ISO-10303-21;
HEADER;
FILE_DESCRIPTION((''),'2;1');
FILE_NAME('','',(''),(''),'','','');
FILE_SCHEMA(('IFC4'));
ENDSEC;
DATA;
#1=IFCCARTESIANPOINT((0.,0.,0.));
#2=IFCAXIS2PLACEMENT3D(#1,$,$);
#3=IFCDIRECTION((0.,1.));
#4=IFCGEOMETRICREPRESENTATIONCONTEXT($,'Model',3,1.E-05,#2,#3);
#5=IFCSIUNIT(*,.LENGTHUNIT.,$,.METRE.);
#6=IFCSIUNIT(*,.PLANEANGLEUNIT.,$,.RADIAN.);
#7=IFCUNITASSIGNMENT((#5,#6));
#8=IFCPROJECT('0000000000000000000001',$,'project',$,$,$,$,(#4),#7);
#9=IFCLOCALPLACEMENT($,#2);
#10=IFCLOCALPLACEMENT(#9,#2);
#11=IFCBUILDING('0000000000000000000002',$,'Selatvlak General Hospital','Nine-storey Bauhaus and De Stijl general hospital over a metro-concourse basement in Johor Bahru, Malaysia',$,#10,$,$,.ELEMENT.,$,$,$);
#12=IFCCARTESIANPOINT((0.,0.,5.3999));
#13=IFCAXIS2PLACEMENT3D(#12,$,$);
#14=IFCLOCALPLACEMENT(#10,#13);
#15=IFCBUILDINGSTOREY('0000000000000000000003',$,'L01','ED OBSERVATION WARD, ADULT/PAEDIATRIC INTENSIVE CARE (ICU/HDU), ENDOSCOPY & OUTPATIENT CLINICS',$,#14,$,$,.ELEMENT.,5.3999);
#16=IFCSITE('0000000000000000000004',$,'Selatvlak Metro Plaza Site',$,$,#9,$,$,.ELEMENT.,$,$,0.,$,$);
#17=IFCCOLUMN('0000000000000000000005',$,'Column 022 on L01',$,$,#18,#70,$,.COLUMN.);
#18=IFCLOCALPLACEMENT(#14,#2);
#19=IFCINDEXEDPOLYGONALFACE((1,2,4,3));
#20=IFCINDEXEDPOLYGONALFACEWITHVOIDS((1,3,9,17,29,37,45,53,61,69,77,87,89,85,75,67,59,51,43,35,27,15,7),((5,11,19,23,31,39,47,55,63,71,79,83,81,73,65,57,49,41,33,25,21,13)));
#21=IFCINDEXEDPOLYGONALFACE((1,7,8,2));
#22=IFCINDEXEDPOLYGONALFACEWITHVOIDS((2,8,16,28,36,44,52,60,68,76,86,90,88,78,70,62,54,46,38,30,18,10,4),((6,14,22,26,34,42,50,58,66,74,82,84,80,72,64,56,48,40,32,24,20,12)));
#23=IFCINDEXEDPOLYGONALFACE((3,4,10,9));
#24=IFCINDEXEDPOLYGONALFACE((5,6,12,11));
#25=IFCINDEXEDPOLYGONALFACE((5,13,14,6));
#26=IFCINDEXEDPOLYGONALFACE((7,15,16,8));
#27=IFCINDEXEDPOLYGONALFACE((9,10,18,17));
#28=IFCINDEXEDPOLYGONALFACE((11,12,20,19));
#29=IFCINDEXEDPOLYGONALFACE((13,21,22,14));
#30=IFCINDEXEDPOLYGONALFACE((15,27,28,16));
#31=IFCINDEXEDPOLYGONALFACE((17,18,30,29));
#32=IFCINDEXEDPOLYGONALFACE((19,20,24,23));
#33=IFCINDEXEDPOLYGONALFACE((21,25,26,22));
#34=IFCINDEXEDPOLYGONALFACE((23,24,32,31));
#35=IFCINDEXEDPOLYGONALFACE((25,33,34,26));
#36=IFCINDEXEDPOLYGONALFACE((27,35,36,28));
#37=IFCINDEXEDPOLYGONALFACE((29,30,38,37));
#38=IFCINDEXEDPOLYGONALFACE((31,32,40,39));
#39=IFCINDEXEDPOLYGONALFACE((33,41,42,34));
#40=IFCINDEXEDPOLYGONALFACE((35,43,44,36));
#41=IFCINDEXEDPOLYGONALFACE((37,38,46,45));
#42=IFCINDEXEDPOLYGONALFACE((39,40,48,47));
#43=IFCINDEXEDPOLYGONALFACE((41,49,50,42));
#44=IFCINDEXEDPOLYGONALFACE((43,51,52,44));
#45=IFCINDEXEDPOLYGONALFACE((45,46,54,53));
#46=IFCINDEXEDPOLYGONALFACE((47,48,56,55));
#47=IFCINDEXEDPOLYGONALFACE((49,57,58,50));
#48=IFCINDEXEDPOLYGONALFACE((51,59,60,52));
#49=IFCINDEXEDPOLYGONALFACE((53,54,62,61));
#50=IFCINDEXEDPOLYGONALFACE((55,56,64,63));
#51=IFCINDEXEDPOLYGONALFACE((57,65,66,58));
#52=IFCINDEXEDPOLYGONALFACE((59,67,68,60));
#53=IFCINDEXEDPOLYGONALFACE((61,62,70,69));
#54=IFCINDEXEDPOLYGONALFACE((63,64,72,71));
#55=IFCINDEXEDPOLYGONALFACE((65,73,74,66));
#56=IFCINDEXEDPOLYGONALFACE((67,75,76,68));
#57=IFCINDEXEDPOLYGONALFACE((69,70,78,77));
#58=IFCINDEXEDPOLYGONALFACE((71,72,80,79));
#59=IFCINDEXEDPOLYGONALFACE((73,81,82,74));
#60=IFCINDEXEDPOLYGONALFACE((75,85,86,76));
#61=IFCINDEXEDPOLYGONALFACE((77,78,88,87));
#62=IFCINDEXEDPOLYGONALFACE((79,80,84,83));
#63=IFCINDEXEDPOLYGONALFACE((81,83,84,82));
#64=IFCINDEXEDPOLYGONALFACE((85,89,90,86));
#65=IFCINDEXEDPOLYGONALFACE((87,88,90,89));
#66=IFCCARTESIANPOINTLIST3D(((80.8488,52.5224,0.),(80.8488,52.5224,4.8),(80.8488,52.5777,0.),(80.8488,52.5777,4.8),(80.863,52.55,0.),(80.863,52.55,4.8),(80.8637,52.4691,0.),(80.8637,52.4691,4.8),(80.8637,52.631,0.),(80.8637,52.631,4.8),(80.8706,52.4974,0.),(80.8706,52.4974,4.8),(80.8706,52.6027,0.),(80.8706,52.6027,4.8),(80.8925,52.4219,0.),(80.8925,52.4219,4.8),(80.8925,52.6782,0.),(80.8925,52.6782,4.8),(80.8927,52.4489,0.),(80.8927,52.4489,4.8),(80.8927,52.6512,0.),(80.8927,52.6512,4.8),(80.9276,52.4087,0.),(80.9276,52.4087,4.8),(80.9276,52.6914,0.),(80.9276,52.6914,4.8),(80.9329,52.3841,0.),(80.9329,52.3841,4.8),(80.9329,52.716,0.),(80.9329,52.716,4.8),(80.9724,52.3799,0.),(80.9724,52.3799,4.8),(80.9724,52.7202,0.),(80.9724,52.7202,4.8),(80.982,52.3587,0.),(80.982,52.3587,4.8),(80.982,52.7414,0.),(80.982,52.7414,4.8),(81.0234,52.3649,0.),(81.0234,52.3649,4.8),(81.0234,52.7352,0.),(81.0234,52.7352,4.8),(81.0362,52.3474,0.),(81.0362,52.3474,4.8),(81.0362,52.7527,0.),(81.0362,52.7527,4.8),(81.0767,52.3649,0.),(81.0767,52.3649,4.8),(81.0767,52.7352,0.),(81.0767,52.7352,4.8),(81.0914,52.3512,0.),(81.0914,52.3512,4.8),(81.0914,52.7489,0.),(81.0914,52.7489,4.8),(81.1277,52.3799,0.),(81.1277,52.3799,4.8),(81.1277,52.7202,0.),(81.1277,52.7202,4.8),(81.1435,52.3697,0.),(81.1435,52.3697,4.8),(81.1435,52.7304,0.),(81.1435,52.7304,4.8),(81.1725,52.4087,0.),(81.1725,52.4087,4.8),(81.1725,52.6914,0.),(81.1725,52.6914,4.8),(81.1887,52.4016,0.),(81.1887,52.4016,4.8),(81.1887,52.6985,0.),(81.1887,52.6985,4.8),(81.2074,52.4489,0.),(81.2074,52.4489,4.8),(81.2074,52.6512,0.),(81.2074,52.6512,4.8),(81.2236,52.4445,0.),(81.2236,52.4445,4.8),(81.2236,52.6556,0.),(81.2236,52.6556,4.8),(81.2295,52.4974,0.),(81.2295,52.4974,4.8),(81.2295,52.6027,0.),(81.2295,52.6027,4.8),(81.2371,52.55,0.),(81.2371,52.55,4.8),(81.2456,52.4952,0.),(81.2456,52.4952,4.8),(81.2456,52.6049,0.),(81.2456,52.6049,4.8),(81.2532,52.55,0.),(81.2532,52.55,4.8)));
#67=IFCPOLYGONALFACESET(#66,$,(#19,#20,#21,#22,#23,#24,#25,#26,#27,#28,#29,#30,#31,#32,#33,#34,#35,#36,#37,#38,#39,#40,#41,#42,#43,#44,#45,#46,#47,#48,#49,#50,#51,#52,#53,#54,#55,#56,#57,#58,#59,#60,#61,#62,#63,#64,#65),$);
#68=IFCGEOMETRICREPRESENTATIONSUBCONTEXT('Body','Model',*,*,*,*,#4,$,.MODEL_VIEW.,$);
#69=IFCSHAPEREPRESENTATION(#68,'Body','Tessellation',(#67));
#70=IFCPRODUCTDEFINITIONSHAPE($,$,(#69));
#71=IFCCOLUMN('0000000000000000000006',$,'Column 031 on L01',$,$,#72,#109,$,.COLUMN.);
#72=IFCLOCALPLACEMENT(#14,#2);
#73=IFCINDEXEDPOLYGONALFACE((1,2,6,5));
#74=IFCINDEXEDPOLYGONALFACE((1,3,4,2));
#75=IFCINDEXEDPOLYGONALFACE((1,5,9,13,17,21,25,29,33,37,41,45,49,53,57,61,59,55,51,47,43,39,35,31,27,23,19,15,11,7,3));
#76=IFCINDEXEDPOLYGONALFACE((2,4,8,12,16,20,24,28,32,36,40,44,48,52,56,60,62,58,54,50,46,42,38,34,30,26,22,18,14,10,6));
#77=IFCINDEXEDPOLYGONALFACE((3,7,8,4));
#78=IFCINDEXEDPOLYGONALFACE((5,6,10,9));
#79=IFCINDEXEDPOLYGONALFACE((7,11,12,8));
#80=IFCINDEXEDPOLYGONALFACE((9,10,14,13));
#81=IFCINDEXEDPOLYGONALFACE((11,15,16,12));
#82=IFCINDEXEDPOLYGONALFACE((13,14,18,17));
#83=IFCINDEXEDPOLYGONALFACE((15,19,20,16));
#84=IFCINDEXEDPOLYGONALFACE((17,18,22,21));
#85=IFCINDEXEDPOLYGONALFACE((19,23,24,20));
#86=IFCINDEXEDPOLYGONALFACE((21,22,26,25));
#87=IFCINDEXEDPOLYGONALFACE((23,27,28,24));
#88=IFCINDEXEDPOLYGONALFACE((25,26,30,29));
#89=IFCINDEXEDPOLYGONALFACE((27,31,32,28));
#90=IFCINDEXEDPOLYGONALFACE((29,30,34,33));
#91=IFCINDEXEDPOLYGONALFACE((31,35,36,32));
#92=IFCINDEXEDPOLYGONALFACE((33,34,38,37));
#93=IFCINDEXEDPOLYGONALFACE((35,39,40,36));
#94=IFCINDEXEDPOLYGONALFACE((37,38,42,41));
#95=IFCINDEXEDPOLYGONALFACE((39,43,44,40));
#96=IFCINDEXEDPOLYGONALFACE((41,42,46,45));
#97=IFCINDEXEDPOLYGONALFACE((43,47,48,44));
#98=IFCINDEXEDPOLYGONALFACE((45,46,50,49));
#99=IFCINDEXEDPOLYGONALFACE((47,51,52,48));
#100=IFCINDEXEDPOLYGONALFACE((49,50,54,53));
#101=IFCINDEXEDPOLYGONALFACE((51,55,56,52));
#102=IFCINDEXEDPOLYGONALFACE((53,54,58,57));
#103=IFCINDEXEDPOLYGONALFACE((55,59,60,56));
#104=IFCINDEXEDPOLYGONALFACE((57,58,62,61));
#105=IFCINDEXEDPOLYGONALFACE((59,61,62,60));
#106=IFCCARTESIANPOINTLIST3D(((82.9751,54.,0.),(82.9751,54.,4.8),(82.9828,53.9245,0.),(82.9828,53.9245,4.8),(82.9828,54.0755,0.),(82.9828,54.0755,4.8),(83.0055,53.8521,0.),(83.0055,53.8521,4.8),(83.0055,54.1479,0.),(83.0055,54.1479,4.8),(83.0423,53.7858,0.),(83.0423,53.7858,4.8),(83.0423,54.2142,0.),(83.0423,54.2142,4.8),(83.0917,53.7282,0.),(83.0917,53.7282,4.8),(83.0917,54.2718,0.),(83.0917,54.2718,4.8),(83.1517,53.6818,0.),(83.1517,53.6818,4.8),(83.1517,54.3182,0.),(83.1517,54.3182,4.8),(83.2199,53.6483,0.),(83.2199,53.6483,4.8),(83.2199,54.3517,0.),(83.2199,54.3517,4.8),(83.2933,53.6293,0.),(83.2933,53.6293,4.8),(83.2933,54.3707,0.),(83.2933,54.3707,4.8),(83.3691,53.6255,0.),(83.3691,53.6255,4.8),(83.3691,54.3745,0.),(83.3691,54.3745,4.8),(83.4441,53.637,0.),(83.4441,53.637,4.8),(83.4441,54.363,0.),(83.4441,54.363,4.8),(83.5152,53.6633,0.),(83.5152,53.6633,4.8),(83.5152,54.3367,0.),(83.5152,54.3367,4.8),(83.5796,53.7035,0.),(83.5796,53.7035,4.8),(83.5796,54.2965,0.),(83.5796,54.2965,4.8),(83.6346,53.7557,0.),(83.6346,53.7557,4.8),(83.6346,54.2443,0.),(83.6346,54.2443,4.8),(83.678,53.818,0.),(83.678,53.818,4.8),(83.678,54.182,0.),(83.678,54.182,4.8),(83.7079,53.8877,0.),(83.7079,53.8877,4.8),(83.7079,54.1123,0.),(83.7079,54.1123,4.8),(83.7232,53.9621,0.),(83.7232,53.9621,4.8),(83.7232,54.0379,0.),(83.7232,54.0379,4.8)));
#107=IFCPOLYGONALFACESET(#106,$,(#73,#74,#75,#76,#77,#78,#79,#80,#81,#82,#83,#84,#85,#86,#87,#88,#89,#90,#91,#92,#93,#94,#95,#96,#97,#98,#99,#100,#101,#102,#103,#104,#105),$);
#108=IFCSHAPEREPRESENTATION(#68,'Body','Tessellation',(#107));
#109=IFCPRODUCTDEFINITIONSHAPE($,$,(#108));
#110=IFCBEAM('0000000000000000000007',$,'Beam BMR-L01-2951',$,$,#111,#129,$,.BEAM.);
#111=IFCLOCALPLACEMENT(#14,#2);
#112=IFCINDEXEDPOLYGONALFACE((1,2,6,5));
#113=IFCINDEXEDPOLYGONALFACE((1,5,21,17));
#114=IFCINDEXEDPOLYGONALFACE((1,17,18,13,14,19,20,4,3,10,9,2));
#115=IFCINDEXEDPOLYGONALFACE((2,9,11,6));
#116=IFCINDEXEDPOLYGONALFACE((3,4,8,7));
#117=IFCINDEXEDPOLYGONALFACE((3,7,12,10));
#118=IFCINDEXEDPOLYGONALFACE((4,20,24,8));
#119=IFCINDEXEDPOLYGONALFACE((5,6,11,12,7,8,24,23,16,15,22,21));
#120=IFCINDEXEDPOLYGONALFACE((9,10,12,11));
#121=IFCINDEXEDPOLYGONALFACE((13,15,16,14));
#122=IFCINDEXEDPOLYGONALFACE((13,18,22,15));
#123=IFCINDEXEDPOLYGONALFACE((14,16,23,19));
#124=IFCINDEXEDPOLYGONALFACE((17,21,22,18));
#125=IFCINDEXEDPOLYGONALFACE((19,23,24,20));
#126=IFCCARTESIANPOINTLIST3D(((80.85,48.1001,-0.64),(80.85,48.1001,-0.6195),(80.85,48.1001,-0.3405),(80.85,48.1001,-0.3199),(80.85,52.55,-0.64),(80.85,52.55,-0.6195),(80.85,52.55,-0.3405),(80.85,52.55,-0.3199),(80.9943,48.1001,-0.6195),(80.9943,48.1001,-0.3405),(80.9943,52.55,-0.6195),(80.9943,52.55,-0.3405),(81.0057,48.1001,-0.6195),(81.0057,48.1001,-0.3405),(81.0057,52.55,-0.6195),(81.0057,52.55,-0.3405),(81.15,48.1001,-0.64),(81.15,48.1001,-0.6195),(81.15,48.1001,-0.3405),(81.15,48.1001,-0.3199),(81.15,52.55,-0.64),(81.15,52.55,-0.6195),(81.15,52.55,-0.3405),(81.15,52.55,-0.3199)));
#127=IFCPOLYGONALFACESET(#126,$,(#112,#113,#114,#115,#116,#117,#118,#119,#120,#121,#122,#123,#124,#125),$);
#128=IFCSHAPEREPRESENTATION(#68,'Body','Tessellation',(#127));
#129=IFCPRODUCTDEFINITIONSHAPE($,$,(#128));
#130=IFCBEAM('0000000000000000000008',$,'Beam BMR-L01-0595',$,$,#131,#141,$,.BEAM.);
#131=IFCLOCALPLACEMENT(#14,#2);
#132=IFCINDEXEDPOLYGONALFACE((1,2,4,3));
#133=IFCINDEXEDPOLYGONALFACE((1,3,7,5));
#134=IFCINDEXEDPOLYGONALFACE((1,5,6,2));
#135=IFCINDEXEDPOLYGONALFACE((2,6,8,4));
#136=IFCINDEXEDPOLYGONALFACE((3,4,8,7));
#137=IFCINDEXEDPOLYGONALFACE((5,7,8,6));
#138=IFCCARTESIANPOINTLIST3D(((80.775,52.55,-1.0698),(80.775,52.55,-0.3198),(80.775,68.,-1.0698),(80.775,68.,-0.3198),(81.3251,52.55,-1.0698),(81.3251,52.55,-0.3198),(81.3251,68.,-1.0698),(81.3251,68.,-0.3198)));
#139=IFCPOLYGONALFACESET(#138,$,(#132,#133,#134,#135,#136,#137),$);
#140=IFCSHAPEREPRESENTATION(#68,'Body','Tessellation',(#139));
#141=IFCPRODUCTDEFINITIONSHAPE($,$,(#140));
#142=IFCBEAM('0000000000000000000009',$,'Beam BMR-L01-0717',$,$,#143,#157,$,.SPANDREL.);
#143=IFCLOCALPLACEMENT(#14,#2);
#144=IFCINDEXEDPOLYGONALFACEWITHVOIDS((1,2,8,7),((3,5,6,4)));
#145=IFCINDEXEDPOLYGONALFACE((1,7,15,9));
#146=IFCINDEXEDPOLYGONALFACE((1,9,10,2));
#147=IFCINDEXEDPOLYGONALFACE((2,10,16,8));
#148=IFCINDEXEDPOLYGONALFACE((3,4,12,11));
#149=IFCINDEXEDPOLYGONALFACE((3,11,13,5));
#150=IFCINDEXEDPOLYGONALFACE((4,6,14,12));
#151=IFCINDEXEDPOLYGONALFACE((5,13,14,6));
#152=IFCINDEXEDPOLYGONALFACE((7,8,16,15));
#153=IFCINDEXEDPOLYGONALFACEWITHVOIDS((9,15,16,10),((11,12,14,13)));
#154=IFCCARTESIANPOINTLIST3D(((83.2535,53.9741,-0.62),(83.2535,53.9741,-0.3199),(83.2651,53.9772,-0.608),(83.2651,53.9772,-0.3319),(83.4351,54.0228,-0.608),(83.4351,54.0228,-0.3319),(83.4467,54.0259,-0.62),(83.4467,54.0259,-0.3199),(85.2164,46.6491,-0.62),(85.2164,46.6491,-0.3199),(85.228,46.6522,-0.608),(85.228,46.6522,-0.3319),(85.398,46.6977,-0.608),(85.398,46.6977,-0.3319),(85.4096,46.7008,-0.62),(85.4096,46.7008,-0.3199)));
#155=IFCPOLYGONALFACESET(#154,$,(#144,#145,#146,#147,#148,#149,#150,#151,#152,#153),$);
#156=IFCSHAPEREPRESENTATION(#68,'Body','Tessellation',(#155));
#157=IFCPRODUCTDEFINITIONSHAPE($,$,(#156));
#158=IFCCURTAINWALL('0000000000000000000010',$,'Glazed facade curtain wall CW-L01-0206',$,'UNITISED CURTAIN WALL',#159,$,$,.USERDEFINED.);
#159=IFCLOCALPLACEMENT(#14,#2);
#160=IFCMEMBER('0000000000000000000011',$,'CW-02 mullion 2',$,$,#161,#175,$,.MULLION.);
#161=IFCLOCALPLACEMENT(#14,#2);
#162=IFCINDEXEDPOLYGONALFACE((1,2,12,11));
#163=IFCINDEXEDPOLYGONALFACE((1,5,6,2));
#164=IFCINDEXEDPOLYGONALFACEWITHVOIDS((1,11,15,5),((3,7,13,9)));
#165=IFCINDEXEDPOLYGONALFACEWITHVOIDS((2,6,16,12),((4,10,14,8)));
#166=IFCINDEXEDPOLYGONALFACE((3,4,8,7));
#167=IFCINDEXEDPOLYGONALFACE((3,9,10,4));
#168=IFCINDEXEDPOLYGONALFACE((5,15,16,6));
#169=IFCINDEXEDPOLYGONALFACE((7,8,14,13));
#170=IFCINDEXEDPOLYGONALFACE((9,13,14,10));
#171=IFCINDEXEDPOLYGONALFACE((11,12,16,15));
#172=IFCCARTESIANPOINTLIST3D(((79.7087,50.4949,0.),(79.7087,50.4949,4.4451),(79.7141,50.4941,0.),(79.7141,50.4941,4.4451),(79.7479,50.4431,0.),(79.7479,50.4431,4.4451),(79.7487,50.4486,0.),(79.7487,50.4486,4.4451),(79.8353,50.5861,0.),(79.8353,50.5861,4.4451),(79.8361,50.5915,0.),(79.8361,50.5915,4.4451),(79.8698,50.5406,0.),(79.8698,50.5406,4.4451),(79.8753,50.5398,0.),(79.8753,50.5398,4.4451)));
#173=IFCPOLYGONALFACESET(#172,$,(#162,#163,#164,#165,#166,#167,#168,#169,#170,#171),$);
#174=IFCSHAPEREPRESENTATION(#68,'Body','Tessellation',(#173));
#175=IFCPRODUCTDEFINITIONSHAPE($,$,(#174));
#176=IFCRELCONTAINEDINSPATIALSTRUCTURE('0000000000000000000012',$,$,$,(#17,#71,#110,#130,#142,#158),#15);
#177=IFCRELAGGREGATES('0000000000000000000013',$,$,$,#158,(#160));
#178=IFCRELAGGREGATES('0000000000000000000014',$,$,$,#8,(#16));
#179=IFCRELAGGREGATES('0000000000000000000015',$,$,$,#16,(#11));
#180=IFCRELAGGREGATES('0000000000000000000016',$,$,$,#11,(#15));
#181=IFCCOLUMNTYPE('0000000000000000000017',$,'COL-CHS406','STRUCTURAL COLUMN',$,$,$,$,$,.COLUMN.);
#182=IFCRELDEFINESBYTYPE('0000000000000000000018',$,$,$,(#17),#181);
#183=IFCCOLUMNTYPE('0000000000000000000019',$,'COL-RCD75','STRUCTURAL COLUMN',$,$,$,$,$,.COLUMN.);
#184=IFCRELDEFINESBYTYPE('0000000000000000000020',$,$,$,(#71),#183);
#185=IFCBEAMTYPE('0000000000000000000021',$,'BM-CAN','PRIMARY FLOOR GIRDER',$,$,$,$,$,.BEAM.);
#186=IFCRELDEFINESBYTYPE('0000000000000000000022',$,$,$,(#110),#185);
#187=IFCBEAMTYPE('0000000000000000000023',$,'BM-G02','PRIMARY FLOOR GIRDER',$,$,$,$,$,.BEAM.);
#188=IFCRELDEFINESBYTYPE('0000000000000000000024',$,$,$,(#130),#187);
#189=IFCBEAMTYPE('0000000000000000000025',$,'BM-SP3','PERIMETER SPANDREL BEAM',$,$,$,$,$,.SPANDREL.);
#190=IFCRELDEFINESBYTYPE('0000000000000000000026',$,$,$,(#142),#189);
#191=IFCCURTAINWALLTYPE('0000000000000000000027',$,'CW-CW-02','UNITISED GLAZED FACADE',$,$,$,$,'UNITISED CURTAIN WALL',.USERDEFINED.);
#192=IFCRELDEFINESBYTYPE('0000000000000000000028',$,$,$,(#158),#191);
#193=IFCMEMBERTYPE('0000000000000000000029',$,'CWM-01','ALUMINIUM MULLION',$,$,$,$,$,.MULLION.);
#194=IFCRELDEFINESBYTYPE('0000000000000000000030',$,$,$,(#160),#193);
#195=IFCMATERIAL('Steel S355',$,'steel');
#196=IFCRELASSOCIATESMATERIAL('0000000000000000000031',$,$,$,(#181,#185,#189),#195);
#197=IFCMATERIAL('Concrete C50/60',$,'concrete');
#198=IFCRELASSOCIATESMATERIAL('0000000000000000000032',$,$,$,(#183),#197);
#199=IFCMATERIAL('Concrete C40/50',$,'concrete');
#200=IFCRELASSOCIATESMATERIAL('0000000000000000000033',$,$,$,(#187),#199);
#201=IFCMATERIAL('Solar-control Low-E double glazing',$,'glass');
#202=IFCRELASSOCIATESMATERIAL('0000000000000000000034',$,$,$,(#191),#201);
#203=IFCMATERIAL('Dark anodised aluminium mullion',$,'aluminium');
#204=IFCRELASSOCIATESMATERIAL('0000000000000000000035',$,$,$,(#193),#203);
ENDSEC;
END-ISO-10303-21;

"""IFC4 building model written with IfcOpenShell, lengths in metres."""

from ifc_helpers import new_model, si_unit, direction, frame, origin, origin_2d, place, context, subcontext, project, spatial, rectangle, hollow_rectangle, circle, hollow_circle, i_section, extrude, material, material_profile, profile_set, type_object, element, aggregate, save


model = new_model("IFC4")

# Units and contexts
model_context = context("Model", 3, precision=1e-05, world=origin(), true_north=direction((0.0, 1.0)))
body_context = subcontext(model_context, "Body", "Model", "MODEL_VIEW")
ifc_project = project(units=[si_unit("LENGTHUNIT", "METRE"), si_unit("PLANEANGLEUNIT", "RADIAN")], contexts=[model_context])

# Site, building, storey
site_placement = place(None, origin())
site = spatial("IfcSite", under=ifc_project, at=site_placement, Name="Selatvlak Metro Plaza Site", CompositionType="ELEMENT", RefElevation=0.0)
building_placement = place(site_placement, origin())
building = spatial("IfcBuilding", under=site, at=building_placement, Name="Selatvlak General Hospital", Description="Nine-storey Bauhaus and De Stijl general hospital over a metro-concourse basement in Johor Bahru, Malaysia", CompositionType="ELEMENT")
storey_placement = place(building_placement, frame((0.0, 0.0, 5.3999)))
storey = spatial("IfcBuildingStorey", under=building, at=storey_placement, Name="L01", Description="ED OBSERVATION WARD, ADULT/PAEDIATRIC INTENSIVE CARE (ICU/HDU), ENDOSCOPY & OUTPATIENT CLINICS", CompositionType="ELEMENT", Elevation=5.3999)

# Columns
ifc_material_1 = material(Name="Steel S355", Category="steel")
ifc_material_profile_1 = material_profile(ifc_material_1, hollow_circle(Radius=0.2031, WallThickness=0.0161, at=origin_2d()), Name="CHS 406.4x16")
ifc_profile_set_1 = profile_set([ifc_material_profile_1], Name="Steel S355")
column_type_1 = type_object("IfcColumnType", Name="COL-CHS406", Description="STRUCTURAL COLUMN", PredefinedType="COLUMN", material=ifc_profile_set_1)
column_1_placement = place(storey_placement, frame((81.05, 52.55, 0.0), z_axis=(0.0, 0.0, 1.0), x_axis=(1.0, 0.0, 0.0)))
element("IfcColumn", 1, at=column_1_placement, inside=storey, type_object=column_type_1, Name="Column 022 on L01", PredefinedType="COLUMN", context=body_context, shape_type="SweptSolid", body=[
    extrude(hollow_circle(Radius=0.2031, WallThickness=0.0161, at=origin_2d()), origin(), (0.0, 0.0, 1.0), 4.8),
])
ifc_material_2 = material(Name="Concrete C50/60", Category="concrete")
ifc_material_profile_2 = material_profile(ifc_material_2, circle(Radius=0.375, at=origin_2d()), Name="RC-COL D750")
ifc_profile_set_2 = profile_set([ifc_material_profile_2], Name="Concrete C50/60")
column_type_2 = type_object("IfcColumnType", Name="COL-RCD75", Description="STRUCTURAL COLUMN", PredefinedType="COLUMN", material=ifc_profile_set_2)
column_2_placement = place(storey_placement, frame((83.3501, 54.0, 0.0), z_axis=(0.0, 0.0, 1.0), x_axis=(-1.0, 0.0, 0.0)))
element("IfcColumn", 2, at=column_2_placement, inside=storey, type_object=column_type_2, Name="Column 031 on L01", PredefinedType="COLUMN", context=body_context, shape_type="SweptSolid", body=[
    extrude(circle(Radius=0.375, at=origin_2d()), origin(), (0.0, 0.0, 1.0), 4.8),
])

# Beams
ifc_material_profile_3 = material_profile(ifc_material_1, i_section(OverallWidth=0.3, OverallDepth=0.3201, WebThickness=0.0115, FlangeThickness=0.0205, at=origin_2d()), Name="HEB 320")
ifc_profile_set_3 = profile_set([ifc_material_profile_3], Name="Steel S355")
beam_type_1 = type_object("IfcBeamType", Name="BM-CAN", Description="PRIMARY FLOOR GIRDER", PredefinedType="BEAM", material=ifc_profile_set_3)
beam_1_placement = place(storey_placement, frame((81.0, 48.1001, -0.48), z_axis=(0.0, 1.0, 0.0), x_axis=(-1.0, 0.0, 0.0)))
element("IfcBeam", 3, at=beam_1_placement, inside=storey, type_object=beam_type_1, Name="Beam BMR-L01-2951", PredefinedType="BEAM", context=body_context, shape_type="SweptSolid", body=[
    extrude(i_section(OverallWidth=0.3, OverallDepth=0.3201, WebThickness=0.0115, FlangeThickness=0.0205, at=origin_2d()), origin(), (0.0, 0.0, 1.0), 4.45),
])
ifc_material_3 = material(Name="Concrete C40/50", Category="concrete")
ifc_material_profile_4 = material_profile(ifc_material_3, rectangle(XDim=0.55, YDim=0.75, at=origin_2d()), Name="RC-BM 550x750")
ifc_profile_set_4 = profile_set([ifc_material_profile_4], Name="Concrete C40/50")
beam_type_2 = type_object("IfcBeamType", Name="BM-G02", Description="PRIMARY FLOOR GIRDER", PredefinedType="BEAM", material=ifc_profile_set_4)
beam_2_placement = place(storey_placement, frame((81.05, 52.55, -0.6948), z_axis=(0.0, 1.0, 0.0), x_axis=(-1.0, 0.0, 0.0)))
element("IfcBeam", 4, at=beam_2_placement, inside=storey, type_object=beam_type_2, Name="Beam BMR-L01-0595", PredefinedType="BEAM", context=body_context, shape_type="SweptSolid", body=[
    extrude(rectangle(XDim=0.55, YDim=0.75, at=origin_2d()), origin(), (0.0, 0.0, 1.0), 15.45),
])
ifc_material_profile_5 = material_profile(ifc_material_1, hollow_rectangle(XDim=0.2, YDim=0.3, WallThickness=0.012, at=origin_2d()), Name="RHS 300x200x12")
ifc_profile_set_5 = profile_set([ifc_material_profile_5], Name="Steel S355")
beam_type_3 = type_object("IfcBeamType", Name="BM-SP3", Description="PERIMETER SPANDREL BEAM", PredefinedType="SPANDREL", material=ifc_profile_set_5)
beam_3_placement = place(storey_placement, frame((83.3501, 54.0, -0.47), z_axis=(0.258841, -0.96592, 0.0), x_axis=(0.96592, 0.258841, 0.0)))
element("IfcBeam", 5, at=beam_3_placement, inside=storey, type_object=beam_type_3, Name="Beam BMR-L01-0717", PredefinedType="SPANDREL", context=body_context, shape_type="SweptSolid", body=[
    extrude(hollow_rectangle(XDim=0.2, YDim=0.3, WallThickness=0.012, at=origin_2d()), origin(), (0.0, 0.0, 1.0), 7.5835),
])

# Curtain wall, member
ifc_material_4 = material(Name="Solar-control Low-E double glazing", Category="glass")
curtain_wall_type_1 = type_object("IfcCurtainWallType", Name="CW-CW-02", Description="UNITISED GLAZED FACADE", ElementType="UNITISED CURTAIN WALL", PredefinedType="USERDEFINED", material=ifc_material_4)
curtain_wall_1_placement = place(storey_placement, origin())
curtain_wall_1 = element("IfcCurtainWall", 6, at=curtain_wall_1_placement, inside=storey, type_object=curtain_wall_type_1, Name="Glazed facade curtain wall CW-L01-0206", ObjectType="UNITISED CURTAIN WALL", PredefinedType="USERDEFINED")
ifc_material_5 = material(Name="Dark anodised aluminium mullion", Category="aluminium")
ifc_material_profile_6 = material_profile(ifc_material_5, hollow_rectangle(XDim=0.0649, YDim=0.1599, WallThickness=0.0039, at=origin_2d()), Name="AL-MUL 65x160x4")
ifc_profile_set_6 = profile_set([ifc_material_profile_6], Name="Dark anodised aluminium mullion")
member_type_1 = type_object("IfcMemberType", Name="CWM-01", Description="ALUMINIUM MULLION", PredefinedType="MULLION", material=ifc_profile_set_6)
member_1_placement = place(storey_placement, frame((79.792, 50.5173, 0.0), z_axis=(0.0, 0.0, 1.0), x_axis=(-0.604515, 0.796594, 0.0)))
member_1 = element("IfcMember", 7, at=member_1_placement, type_object=member_type_1, Name="CW-02 mullion 2", PredefinedType="MULLION", context=body_context, shape_type="SweptSolid", body=[
    extrude(hollow_rectangle(XDim=0.0649, YDim=0.1599, WallThickness=0.0039, at=origin_2d()), origin(), (0.0, 0.0, 1.0), 4.4451),
])

aggregate(curtain_wall_1, [member_1])

save(model, "model.ifc")
